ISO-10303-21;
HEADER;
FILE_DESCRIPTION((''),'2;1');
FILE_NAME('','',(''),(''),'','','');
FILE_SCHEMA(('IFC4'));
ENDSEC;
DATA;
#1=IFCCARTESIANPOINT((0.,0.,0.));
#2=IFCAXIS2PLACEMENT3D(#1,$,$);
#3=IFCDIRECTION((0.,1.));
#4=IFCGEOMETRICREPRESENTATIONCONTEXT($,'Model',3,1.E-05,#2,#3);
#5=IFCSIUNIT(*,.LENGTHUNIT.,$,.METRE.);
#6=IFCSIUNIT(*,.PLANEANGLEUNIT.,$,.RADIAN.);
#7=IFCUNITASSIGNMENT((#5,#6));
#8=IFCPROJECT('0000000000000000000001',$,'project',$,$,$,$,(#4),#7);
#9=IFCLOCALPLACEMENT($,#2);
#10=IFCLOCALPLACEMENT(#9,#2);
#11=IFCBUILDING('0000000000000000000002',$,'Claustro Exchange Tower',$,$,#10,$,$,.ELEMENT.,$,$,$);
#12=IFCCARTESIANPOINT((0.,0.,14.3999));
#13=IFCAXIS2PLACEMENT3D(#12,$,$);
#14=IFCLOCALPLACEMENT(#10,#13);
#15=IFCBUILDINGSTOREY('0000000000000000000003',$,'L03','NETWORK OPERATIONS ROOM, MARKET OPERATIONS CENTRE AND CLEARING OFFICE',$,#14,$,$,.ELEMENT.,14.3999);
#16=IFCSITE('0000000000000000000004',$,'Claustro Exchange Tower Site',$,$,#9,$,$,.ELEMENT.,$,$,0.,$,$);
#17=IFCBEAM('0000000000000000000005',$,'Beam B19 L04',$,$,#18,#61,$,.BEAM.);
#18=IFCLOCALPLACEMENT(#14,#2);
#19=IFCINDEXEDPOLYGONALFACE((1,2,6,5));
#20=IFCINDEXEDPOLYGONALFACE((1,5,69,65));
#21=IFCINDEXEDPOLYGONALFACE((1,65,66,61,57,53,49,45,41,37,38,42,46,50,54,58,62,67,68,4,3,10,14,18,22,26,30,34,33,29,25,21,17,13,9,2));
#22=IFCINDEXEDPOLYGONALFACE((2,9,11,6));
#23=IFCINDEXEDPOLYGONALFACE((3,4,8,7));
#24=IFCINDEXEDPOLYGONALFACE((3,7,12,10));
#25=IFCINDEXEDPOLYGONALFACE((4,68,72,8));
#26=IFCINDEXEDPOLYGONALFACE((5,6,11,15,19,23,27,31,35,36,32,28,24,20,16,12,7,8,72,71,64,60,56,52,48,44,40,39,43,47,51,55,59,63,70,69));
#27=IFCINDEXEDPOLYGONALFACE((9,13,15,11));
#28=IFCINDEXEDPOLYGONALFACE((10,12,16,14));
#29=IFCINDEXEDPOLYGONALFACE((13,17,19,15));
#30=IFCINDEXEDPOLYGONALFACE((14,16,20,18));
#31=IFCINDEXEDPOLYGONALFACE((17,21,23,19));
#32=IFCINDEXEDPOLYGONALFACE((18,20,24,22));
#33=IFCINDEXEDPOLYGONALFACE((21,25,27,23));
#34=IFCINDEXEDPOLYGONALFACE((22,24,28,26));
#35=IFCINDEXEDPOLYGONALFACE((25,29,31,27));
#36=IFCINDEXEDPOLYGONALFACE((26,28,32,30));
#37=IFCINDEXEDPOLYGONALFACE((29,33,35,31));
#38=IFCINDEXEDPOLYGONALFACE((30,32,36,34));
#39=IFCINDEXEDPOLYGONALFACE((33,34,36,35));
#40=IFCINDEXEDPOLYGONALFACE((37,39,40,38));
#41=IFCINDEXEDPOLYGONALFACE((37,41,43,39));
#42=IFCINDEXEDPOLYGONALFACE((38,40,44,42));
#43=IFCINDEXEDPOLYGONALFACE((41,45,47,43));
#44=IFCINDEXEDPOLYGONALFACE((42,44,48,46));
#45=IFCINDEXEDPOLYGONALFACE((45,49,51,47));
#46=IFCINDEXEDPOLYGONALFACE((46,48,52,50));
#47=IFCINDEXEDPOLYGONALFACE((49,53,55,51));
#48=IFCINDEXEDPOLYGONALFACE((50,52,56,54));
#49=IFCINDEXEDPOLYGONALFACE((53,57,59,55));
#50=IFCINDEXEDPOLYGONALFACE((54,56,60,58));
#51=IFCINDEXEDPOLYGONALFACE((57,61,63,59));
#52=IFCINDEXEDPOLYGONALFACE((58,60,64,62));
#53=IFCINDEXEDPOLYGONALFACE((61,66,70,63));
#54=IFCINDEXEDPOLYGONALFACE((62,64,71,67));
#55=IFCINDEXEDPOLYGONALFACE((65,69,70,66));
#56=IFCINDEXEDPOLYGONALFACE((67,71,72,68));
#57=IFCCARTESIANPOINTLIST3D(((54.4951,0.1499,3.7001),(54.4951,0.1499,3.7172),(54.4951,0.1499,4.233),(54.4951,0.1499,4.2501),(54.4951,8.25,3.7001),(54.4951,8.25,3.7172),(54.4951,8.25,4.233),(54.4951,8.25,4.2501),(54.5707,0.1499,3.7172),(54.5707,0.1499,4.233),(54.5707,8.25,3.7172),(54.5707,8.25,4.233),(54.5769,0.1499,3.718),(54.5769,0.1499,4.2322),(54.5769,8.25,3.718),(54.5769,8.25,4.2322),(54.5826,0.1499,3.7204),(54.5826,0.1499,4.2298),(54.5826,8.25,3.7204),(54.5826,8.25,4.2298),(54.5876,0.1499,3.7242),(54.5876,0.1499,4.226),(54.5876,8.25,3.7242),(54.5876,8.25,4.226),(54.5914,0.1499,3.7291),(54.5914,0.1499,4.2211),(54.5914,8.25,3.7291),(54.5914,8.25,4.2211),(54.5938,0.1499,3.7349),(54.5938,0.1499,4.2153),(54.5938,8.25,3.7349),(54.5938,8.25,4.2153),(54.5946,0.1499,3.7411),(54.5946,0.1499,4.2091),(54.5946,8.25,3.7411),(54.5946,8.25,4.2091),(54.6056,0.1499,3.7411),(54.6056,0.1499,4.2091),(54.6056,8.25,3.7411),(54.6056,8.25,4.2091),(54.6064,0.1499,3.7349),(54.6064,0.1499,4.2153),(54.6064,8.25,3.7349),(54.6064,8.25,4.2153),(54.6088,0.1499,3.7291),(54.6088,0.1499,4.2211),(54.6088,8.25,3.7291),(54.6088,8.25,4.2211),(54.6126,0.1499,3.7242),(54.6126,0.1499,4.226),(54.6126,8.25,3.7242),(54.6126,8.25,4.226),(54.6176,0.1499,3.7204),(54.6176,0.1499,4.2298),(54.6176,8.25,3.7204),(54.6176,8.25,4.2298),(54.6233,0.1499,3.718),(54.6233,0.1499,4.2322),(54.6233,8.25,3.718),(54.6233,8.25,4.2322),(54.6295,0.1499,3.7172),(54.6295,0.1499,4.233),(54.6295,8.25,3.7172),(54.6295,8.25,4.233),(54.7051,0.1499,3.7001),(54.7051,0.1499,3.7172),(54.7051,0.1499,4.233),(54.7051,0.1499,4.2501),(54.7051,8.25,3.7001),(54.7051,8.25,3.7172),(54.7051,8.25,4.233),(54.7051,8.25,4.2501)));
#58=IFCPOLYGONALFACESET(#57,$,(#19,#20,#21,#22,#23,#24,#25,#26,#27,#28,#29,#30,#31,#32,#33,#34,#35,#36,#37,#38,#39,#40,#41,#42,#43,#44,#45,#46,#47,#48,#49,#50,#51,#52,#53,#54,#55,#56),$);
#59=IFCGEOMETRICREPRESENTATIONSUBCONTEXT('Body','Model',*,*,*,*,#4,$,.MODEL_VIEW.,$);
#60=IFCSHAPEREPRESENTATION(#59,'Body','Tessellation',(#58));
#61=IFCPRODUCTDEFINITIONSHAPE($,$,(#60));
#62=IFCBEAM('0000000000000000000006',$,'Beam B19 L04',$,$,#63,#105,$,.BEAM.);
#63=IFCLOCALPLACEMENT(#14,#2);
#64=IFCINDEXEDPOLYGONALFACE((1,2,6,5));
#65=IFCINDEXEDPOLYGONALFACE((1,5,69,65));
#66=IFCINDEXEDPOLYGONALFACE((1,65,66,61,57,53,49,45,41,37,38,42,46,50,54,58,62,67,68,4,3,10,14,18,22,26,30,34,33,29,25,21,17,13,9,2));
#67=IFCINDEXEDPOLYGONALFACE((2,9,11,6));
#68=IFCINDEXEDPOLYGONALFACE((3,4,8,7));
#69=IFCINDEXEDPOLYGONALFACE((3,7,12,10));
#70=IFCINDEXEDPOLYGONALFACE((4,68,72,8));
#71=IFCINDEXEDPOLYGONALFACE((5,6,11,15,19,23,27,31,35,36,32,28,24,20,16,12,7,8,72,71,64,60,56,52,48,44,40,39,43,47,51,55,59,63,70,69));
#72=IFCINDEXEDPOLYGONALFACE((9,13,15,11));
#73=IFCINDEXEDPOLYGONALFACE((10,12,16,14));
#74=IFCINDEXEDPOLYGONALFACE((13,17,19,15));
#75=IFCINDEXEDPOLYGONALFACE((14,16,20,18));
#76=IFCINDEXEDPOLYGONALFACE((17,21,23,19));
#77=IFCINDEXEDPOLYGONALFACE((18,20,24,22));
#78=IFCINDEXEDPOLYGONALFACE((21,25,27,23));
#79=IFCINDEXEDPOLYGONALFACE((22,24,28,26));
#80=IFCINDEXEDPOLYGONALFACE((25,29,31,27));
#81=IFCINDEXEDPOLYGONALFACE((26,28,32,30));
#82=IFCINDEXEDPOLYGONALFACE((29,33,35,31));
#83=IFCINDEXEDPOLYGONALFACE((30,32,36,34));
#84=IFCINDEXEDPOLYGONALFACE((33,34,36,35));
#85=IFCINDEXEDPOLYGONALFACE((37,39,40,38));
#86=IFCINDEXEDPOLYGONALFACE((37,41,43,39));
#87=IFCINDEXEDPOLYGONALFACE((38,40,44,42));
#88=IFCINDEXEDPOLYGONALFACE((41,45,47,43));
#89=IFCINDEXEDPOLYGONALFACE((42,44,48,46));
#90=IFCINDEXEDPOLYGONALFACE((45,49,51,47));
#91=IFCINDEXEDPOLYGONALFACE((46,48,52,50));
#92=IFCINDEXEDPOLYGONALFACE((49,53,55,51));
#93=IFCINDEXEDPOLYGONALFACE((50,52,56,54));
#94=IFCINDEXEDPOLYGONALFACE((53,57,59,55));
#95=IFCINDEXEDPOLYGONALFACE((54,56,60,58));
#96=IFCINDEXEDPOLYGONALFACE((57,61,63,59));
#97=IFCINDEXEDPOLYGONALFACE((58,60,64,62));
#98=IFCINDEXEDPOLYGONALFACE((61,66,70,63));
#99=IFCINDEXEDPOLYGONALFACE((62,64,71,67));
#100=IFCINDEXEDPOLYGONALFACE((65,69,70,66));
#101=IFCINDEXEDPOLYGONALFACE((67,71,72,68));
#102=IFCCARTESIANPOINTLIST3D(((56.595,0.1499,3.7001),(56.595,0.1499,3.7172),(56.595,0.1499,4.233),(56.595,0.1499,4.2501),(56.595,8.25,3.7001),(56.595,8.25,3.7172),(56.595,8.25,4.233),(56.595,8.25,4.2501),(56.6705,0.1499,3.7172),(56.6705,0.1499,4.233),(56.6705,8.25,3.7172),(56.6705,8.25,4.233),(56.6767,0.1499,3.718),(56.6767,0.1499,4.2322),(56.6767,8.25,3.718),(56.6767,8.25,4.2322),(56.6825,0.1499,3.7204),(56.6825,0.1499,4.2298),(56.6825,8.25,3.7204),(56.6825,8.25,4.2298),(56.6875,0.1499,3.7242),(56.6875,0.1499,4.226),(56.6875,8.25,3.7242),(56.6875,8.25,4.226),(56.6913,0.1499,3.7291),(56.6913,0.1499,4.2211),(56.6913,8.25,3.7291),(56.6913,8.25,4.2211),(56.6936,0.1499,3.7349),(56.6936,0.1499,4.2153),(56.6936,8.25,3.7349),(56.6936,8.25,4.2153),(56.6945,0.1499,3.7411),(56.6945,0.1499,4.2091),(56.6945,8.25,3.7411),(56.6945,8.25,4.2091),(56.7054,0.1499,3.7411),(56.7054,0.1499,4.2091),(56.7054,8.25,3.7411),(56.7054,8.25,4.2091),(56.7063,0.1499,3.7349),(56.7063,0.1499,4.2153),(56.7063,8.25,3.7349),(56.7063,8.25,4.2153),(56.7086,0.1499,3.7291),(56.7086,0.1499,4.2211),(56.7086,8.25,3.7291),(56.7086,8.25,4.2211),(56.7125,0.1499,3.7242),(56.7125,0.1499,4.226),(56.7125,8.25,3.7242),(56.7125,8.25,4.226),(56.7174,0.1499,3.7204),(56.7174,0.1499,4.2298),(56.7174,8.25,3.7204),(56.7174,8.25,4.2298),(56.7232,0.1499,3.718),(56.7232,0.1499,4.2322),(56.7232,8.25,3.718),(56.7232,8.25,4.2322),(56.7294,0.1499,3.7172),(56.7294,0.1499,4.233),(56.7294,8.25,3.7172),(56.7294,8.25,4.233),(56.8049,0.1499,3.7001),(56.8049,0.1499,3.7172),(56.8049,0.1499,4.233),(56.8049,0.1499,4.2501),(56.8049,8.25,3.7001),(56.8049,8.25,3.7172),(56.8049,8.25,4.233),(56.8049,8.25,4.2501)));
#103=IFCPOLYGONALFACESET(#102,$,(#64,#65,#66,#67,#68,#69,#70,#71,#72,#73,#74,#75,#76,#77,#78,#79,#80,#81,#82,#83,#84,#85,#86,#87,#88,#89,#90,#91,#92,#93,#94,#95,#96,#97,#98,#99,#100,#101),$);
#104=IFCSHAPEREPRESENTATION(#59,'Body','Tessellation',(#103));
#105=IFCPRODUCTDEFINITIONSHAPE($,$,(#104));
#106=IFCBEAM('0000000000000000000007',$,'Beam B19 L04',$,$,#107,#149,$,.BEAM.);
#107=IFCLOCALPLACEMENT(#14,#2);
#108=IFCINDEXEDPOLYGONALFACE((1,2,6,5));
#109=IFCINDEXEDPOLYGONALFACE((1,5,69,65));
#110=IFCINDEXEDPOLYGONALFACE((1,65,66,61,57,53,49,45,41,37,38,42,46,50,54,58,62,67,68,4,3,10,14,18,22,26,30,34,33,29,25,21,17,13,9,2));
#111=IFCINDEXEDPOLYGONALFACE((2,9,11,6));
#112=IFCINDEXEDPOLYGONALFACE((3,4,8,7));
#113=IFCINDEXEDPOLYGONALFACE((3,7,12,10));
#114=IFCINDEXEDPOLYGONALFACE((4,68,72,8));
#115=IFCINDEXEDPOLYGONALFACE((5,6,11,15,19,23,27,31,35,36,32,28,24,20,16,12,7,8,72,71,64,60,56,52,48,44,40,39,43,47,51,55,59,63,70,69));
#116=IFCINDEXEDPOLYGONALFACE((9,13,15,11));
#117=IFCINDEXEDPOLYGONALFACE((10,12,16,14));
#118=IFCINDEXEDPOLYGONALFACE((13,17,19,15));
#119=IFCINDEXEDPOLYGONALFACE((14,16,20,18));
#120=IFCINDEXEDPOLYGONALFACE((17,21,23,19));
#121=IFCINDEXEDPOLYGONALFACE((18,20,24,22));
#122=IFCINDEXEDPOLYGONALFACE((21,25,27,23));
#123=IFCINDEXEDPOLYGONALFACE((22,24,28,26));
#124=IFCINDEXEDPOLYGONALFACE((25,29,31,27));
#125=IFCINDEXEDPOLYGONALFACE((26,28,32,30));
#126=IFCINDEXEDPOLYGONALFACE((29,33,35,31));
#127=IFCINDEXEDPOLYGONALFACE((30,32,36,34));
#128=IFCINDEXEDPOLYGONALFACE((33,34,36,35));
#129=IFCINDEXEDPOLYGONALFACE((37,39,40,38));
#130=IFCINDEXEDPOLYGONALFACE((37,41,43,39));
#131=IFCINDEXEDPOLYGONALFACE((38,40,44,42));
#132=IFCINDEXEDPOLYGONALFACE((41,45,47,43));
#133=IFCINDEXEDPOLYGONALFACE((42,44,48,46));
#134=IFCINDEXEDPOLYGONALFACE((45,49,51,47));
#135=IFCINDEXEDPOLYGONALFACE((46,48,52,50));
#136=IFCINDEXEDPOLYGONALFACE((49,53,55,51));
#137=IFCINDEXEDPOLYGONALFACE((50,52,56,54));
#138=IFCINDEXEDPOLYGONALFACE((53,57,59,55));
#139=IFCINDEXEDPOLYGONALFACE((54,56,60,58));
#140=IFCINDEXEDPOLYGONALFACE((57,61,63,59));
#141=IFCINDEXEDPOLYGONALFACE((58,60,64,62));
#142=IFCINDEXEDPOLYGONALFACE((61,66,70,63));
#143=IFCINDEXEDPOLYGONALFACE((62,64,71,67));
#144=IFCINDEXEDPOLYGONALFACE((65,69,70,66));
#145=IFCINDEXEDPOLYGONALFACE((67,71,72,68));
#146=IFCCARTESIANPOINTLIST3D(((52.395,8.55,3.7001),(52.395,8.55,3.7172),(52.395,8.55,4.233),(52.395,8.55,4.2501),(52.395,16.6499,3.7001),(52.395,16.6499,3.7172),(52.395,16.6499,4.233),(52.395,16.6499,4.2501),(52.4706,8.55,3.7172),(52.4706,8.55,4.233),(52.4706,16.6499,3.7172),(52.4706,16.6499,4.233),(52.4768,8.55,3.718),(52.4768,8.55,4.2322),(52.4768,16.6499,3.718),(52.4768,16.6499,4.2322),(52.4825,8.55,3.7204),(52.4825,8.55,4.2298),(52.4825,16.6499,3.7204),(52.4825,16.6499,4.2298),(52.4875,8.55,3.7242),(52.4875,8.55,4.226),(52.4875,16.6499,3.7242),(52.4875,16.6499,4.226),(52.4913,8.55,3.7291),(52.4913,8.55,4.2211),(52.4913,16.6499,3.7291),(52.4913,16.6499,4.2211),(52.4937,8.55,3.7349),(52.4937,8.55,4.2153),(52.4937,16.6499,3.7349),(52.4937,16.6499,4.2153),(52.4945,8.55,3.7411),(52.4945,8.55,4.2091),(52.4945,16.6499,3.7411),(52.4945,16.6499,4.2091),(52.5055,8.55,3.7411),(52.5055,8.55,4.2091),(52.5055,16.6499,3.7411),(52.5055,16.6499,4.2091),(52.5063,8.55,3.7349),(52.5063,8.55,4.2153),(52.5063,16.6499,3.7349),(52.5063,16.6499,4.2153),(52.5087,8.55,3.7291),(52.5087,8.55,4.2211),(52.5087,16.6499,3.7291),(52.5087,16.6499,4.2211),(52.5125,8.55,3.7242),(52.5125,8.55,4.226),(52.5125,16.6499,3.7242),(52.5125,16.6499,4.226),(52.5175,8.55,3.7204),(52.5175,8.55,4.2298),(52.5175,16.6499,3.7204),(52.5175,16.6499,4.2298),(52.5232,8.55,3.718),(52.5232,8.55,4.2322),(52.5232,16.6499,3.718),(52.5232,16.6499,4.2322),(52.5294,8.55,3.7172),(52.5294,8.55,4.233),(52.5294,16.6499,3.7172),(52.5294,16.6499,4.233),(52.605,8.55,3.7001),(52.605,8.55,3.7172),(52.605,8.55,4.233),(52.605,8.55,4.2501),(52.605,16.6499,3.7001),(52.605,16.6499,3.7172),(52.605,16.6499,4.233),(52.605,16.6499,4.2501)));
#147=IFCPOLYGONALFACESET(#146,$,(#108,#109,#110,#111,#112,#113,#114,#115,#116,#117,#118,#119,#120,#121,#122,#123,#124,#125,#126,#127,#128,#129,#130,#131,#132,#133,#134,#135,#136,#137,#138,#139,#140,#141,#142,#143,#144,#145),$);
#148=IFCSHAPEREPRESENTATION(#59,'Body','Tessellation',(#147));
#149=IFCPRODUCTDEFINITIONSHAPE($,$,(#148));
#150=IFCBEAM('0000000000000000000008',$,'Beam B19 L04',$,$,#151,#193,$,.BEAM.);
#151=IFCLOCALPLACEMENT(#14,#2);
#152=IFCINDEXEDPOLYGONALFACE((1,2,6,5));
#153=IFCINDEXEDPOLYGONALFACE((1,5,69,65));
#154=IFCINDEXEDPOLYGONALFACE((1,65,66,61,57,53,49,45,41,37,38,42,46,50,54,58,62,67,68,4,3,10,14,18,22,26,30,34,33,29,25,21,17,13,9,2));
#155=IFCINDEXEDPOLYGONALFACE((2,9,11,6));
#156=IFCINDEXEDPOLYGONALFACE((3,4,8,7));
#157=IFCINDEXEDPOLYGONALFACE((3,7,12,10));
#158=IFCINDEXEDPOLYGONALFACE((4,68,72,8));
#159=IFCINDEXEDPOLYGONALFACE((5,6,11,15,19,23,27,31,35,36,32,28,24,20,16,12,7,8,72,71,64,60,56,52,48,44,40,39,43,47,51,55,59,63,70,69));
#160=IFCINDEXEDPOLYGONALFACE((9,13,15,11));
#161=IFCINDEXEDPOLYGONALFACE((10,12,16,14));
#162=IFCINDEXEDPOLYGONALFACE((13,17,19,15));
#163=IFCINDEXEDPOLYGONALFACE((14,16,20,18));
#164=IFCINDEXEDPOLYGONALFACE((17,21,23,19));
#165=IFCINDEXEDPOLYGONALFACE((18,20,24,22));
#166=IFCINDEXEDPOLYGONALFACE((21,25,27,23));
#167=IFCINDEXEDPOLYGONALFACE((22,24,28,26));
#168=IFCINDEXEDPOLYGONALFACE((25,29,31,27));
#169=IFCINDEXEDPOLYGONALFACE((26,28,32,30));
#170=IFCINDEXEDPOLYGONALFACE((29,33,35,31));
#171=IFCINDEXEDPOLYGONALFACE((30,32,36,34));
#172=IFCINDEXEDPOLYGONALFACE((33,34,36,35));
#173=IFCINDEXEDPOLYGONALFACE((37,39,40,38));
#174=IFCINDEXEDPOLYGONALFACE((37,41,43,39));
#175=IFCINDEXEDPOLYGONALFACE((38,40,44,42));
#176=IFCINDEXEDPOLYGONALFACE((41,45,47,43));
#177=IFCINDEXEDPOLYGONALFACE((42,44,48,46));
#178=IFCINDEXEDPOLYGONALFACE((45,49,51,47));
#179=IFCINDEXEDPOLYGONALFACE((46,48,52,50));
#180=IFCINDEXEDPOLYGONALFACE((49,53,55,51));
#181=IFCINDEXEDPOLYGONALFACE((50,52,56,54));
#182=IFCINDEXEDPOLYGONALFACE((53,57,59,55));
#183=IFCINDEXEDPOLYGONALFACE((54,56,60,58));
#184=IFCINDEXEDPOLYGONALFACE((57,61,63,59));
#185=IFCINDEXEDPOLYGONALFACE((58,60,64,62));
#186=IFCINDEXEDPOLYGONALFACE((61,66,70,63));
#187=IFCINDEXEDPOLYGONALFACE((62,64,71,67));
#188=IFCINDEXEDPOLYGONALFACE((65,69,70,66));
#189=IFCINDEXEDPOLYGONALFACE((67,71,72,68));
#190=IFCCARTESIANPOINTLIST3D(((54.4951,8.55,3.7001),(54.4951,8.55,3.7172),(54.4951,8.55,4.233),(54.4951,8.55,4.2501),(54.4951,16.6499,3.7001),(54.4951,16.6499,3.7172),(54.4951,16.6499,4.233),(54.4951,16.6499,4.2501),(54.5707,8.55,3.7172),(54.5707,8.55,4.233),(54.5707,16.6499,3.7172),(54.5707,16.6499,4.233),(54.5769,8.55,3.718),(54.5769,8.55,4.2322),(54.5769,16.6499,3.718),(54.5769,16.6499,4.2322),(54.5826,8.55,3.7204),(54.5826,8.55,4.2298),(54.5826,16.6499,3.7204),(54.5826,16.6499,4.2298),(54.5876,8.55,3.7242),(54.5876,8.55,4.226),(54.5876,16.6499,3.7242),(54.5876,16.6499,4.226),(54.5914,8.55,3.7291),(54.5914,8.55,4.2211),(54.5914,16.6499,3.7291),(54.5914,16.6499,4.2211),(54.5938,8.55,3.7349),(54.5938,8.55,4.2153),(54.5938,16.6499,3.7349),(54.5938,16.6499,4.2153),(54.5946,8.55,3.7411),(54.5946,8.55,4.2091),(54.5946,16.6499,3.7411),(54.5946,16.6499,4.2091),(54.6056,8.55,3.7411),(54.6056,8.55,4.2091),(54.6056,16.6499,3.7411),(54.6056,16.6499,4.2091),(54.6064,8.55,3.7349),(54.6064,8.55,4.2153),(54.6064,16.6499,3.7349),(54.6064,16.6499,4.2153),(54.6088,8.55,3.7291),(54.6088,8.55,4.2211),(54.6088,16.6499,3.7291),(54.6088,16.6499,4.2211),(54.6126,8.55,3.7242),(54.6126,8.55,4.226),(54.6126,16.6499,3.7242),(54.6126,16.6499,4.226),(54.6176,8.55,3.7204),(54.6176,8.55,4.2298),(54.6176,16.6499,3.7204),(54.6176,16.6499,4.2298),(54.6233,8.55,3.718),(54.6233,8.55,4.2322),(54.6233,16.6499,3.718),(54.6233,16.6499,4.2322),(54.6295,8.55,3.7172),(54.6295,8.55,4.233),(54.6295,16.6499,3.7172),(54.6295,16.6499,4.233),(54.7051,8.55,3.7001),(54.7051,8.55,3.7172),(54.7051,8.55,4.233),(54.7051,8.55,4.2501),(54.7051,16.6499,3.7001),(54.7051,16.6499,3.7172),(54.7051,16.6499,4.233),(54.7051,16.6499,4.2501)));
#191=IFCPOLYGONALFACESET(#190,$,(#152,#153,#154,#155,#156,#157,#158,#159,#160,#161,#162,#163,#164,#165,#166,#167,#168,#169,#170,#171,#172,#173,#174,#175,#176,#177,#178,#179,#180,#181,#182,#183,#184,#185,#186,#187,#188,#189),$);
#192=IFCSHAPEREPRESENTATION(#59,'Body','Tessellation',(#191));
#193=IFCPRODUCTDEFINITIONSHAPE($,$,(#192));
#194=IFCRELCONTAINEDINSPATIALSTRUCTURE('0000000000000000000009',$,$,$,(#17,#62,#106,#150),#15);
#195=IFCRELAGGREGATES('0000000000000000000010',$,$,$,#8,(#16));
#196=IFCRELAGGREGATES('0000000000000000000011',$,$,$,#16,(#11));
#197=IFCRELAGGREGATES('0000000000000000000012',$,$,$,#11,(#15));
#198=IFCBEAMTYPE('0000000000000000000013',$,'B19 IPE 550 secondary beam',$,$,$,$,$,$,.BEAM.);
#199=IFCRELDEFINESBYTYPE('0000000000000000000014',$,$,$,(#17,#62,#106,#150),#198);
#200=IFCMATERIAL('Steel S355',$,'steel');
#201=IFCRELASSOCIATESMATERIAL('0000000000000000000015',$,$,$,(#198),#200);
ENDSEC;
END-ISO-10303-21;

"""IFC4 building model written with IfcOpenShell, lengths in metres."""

from ifc_helpers import new_model, si_unit, direction, frame, origin, origin_2d, place, context, subcontext, project, spatial, i_section, extrude, material, material_profile, profile_set, type_object, element, save


model = new_model("IFC4")

# Units and contexts
model_context = context("Model", 3, precision=1e-05, world=origin(), true_north=direction((0.0, 1.0)))
body_context = subcontext(model_context, "Body", "Model", "MODEL_VIEW")
ifc_project = project(units=[si_unit("LENGTHUNIT", "METRE"), si_unit("PLANEANGLEUNIT", "RADIAN")], contexts=[model_context])

# Site, building, storey
site_placement = place(None, origin())
site = spatial("IfcSite", under=ifc_project, at=site_placement, Name="Claustro Exchange Tower Site", CompositionType="ELEMENT", RefElevation=0.0)
building_placement = place(site_placement, origin())
building = spatial("IfcBuilding", under=site, at=building_placement, Name="Claustro Exchange Tower", CompositionType="ELEMENT")
storey_placement = place(building_placement, frame((0.0, 0.0, 14.3999)))
storey = spatial("IfcBuildingStorey", under=building, at=storey_placement, Name="L03", Description="NETWORK OPERATIONS ROOM, MARKET OPERATIONS CENTRE AND CLEARING OFFICE", CompositionType="ELEMENT", Elevation=14.3999)

# Beams
ifc_material_1 = material(Name="Steel S355", Category="steel")
ifc_material_profile_1 = material_profile(ifc_material_1, i_section(OverallWidth=0.21, OverallDepth=0.55, WebThickness=0.011, FlangeThickness=0.0171, FilletRadius=0.0239, at=origin_2d()), Name="IPE 550")
ifc_profile_set_1 = profile_set([ifc_material_profile_1], Name="Steel S355")
beam_type_1 = type_object("IfcBeamType", Name="B19 IPE 550 secondary beam", PredefinedType="BEAM", material=ifc_profile_set_1)
for number, where, z_axis, x_axis, name in (
    (1, (54.6001, 0.1499, 3.9751), (0.0, 1.0, 0.0), (-1.0, 0.0, 0.0), "Beam B19 L04"),
    (2, (56.7, 0.1499, 3.9751), (0.0, 1.0, 0.0), (-1.0, 0.0, 0.0), "Beam B19 L04"),
):
    element("IfcBeam", number, at=place(storey_placement, frame(where, z_axis=z_axis, x_axis=x_axis)), inside=storey, type_object=beam_type_1, Name=name, PredefinedType="BEAM", context=body_context, shape_type="SweptSolid", body=[
        extrude(i_section(OverallWidth=0.21, OverallDepth=0.55, WebThickness=0.011, FlangeThickness=0.0171, FilletRadius=0.0239, at=origin_2d()), origin(), (0.0, 0.0, 1.0), 8.1001),
    ])
for number, where, z_axis, x_axis, name in (
    (3, (52.5, 8.55, 3.9751), (0.0, 1.0, 0.0), (-1.0, 0.0, 0.0), "Beam B19 L04"),
    (4, (54.6001, 8.55, 3.9751), (0.0, 1.0, 0.0), (-1.0, 0.0, 0.0), "Beam B19 L04"),
):
    element("IfcBeam", number, at=place(storey_placement, frame(where, z_axis=z_axis, x_axis=x_axis)), inside=storey, type_object=beam_type_1, Name=name, PredefinedType="BEAM", context=body_context, shape_type="SweptSolid", body=[
        extrude(i_section(OverallWidth=0.21, OverallDepth=0.55, WebThickness=0.011, FlangeThickness=0.0171, FilletRadius=0.0239, at=origin_2d()), origin(), (0.0, 0.0, 1.0), 8.0999),
    ])

save(model, "model.ifc")
